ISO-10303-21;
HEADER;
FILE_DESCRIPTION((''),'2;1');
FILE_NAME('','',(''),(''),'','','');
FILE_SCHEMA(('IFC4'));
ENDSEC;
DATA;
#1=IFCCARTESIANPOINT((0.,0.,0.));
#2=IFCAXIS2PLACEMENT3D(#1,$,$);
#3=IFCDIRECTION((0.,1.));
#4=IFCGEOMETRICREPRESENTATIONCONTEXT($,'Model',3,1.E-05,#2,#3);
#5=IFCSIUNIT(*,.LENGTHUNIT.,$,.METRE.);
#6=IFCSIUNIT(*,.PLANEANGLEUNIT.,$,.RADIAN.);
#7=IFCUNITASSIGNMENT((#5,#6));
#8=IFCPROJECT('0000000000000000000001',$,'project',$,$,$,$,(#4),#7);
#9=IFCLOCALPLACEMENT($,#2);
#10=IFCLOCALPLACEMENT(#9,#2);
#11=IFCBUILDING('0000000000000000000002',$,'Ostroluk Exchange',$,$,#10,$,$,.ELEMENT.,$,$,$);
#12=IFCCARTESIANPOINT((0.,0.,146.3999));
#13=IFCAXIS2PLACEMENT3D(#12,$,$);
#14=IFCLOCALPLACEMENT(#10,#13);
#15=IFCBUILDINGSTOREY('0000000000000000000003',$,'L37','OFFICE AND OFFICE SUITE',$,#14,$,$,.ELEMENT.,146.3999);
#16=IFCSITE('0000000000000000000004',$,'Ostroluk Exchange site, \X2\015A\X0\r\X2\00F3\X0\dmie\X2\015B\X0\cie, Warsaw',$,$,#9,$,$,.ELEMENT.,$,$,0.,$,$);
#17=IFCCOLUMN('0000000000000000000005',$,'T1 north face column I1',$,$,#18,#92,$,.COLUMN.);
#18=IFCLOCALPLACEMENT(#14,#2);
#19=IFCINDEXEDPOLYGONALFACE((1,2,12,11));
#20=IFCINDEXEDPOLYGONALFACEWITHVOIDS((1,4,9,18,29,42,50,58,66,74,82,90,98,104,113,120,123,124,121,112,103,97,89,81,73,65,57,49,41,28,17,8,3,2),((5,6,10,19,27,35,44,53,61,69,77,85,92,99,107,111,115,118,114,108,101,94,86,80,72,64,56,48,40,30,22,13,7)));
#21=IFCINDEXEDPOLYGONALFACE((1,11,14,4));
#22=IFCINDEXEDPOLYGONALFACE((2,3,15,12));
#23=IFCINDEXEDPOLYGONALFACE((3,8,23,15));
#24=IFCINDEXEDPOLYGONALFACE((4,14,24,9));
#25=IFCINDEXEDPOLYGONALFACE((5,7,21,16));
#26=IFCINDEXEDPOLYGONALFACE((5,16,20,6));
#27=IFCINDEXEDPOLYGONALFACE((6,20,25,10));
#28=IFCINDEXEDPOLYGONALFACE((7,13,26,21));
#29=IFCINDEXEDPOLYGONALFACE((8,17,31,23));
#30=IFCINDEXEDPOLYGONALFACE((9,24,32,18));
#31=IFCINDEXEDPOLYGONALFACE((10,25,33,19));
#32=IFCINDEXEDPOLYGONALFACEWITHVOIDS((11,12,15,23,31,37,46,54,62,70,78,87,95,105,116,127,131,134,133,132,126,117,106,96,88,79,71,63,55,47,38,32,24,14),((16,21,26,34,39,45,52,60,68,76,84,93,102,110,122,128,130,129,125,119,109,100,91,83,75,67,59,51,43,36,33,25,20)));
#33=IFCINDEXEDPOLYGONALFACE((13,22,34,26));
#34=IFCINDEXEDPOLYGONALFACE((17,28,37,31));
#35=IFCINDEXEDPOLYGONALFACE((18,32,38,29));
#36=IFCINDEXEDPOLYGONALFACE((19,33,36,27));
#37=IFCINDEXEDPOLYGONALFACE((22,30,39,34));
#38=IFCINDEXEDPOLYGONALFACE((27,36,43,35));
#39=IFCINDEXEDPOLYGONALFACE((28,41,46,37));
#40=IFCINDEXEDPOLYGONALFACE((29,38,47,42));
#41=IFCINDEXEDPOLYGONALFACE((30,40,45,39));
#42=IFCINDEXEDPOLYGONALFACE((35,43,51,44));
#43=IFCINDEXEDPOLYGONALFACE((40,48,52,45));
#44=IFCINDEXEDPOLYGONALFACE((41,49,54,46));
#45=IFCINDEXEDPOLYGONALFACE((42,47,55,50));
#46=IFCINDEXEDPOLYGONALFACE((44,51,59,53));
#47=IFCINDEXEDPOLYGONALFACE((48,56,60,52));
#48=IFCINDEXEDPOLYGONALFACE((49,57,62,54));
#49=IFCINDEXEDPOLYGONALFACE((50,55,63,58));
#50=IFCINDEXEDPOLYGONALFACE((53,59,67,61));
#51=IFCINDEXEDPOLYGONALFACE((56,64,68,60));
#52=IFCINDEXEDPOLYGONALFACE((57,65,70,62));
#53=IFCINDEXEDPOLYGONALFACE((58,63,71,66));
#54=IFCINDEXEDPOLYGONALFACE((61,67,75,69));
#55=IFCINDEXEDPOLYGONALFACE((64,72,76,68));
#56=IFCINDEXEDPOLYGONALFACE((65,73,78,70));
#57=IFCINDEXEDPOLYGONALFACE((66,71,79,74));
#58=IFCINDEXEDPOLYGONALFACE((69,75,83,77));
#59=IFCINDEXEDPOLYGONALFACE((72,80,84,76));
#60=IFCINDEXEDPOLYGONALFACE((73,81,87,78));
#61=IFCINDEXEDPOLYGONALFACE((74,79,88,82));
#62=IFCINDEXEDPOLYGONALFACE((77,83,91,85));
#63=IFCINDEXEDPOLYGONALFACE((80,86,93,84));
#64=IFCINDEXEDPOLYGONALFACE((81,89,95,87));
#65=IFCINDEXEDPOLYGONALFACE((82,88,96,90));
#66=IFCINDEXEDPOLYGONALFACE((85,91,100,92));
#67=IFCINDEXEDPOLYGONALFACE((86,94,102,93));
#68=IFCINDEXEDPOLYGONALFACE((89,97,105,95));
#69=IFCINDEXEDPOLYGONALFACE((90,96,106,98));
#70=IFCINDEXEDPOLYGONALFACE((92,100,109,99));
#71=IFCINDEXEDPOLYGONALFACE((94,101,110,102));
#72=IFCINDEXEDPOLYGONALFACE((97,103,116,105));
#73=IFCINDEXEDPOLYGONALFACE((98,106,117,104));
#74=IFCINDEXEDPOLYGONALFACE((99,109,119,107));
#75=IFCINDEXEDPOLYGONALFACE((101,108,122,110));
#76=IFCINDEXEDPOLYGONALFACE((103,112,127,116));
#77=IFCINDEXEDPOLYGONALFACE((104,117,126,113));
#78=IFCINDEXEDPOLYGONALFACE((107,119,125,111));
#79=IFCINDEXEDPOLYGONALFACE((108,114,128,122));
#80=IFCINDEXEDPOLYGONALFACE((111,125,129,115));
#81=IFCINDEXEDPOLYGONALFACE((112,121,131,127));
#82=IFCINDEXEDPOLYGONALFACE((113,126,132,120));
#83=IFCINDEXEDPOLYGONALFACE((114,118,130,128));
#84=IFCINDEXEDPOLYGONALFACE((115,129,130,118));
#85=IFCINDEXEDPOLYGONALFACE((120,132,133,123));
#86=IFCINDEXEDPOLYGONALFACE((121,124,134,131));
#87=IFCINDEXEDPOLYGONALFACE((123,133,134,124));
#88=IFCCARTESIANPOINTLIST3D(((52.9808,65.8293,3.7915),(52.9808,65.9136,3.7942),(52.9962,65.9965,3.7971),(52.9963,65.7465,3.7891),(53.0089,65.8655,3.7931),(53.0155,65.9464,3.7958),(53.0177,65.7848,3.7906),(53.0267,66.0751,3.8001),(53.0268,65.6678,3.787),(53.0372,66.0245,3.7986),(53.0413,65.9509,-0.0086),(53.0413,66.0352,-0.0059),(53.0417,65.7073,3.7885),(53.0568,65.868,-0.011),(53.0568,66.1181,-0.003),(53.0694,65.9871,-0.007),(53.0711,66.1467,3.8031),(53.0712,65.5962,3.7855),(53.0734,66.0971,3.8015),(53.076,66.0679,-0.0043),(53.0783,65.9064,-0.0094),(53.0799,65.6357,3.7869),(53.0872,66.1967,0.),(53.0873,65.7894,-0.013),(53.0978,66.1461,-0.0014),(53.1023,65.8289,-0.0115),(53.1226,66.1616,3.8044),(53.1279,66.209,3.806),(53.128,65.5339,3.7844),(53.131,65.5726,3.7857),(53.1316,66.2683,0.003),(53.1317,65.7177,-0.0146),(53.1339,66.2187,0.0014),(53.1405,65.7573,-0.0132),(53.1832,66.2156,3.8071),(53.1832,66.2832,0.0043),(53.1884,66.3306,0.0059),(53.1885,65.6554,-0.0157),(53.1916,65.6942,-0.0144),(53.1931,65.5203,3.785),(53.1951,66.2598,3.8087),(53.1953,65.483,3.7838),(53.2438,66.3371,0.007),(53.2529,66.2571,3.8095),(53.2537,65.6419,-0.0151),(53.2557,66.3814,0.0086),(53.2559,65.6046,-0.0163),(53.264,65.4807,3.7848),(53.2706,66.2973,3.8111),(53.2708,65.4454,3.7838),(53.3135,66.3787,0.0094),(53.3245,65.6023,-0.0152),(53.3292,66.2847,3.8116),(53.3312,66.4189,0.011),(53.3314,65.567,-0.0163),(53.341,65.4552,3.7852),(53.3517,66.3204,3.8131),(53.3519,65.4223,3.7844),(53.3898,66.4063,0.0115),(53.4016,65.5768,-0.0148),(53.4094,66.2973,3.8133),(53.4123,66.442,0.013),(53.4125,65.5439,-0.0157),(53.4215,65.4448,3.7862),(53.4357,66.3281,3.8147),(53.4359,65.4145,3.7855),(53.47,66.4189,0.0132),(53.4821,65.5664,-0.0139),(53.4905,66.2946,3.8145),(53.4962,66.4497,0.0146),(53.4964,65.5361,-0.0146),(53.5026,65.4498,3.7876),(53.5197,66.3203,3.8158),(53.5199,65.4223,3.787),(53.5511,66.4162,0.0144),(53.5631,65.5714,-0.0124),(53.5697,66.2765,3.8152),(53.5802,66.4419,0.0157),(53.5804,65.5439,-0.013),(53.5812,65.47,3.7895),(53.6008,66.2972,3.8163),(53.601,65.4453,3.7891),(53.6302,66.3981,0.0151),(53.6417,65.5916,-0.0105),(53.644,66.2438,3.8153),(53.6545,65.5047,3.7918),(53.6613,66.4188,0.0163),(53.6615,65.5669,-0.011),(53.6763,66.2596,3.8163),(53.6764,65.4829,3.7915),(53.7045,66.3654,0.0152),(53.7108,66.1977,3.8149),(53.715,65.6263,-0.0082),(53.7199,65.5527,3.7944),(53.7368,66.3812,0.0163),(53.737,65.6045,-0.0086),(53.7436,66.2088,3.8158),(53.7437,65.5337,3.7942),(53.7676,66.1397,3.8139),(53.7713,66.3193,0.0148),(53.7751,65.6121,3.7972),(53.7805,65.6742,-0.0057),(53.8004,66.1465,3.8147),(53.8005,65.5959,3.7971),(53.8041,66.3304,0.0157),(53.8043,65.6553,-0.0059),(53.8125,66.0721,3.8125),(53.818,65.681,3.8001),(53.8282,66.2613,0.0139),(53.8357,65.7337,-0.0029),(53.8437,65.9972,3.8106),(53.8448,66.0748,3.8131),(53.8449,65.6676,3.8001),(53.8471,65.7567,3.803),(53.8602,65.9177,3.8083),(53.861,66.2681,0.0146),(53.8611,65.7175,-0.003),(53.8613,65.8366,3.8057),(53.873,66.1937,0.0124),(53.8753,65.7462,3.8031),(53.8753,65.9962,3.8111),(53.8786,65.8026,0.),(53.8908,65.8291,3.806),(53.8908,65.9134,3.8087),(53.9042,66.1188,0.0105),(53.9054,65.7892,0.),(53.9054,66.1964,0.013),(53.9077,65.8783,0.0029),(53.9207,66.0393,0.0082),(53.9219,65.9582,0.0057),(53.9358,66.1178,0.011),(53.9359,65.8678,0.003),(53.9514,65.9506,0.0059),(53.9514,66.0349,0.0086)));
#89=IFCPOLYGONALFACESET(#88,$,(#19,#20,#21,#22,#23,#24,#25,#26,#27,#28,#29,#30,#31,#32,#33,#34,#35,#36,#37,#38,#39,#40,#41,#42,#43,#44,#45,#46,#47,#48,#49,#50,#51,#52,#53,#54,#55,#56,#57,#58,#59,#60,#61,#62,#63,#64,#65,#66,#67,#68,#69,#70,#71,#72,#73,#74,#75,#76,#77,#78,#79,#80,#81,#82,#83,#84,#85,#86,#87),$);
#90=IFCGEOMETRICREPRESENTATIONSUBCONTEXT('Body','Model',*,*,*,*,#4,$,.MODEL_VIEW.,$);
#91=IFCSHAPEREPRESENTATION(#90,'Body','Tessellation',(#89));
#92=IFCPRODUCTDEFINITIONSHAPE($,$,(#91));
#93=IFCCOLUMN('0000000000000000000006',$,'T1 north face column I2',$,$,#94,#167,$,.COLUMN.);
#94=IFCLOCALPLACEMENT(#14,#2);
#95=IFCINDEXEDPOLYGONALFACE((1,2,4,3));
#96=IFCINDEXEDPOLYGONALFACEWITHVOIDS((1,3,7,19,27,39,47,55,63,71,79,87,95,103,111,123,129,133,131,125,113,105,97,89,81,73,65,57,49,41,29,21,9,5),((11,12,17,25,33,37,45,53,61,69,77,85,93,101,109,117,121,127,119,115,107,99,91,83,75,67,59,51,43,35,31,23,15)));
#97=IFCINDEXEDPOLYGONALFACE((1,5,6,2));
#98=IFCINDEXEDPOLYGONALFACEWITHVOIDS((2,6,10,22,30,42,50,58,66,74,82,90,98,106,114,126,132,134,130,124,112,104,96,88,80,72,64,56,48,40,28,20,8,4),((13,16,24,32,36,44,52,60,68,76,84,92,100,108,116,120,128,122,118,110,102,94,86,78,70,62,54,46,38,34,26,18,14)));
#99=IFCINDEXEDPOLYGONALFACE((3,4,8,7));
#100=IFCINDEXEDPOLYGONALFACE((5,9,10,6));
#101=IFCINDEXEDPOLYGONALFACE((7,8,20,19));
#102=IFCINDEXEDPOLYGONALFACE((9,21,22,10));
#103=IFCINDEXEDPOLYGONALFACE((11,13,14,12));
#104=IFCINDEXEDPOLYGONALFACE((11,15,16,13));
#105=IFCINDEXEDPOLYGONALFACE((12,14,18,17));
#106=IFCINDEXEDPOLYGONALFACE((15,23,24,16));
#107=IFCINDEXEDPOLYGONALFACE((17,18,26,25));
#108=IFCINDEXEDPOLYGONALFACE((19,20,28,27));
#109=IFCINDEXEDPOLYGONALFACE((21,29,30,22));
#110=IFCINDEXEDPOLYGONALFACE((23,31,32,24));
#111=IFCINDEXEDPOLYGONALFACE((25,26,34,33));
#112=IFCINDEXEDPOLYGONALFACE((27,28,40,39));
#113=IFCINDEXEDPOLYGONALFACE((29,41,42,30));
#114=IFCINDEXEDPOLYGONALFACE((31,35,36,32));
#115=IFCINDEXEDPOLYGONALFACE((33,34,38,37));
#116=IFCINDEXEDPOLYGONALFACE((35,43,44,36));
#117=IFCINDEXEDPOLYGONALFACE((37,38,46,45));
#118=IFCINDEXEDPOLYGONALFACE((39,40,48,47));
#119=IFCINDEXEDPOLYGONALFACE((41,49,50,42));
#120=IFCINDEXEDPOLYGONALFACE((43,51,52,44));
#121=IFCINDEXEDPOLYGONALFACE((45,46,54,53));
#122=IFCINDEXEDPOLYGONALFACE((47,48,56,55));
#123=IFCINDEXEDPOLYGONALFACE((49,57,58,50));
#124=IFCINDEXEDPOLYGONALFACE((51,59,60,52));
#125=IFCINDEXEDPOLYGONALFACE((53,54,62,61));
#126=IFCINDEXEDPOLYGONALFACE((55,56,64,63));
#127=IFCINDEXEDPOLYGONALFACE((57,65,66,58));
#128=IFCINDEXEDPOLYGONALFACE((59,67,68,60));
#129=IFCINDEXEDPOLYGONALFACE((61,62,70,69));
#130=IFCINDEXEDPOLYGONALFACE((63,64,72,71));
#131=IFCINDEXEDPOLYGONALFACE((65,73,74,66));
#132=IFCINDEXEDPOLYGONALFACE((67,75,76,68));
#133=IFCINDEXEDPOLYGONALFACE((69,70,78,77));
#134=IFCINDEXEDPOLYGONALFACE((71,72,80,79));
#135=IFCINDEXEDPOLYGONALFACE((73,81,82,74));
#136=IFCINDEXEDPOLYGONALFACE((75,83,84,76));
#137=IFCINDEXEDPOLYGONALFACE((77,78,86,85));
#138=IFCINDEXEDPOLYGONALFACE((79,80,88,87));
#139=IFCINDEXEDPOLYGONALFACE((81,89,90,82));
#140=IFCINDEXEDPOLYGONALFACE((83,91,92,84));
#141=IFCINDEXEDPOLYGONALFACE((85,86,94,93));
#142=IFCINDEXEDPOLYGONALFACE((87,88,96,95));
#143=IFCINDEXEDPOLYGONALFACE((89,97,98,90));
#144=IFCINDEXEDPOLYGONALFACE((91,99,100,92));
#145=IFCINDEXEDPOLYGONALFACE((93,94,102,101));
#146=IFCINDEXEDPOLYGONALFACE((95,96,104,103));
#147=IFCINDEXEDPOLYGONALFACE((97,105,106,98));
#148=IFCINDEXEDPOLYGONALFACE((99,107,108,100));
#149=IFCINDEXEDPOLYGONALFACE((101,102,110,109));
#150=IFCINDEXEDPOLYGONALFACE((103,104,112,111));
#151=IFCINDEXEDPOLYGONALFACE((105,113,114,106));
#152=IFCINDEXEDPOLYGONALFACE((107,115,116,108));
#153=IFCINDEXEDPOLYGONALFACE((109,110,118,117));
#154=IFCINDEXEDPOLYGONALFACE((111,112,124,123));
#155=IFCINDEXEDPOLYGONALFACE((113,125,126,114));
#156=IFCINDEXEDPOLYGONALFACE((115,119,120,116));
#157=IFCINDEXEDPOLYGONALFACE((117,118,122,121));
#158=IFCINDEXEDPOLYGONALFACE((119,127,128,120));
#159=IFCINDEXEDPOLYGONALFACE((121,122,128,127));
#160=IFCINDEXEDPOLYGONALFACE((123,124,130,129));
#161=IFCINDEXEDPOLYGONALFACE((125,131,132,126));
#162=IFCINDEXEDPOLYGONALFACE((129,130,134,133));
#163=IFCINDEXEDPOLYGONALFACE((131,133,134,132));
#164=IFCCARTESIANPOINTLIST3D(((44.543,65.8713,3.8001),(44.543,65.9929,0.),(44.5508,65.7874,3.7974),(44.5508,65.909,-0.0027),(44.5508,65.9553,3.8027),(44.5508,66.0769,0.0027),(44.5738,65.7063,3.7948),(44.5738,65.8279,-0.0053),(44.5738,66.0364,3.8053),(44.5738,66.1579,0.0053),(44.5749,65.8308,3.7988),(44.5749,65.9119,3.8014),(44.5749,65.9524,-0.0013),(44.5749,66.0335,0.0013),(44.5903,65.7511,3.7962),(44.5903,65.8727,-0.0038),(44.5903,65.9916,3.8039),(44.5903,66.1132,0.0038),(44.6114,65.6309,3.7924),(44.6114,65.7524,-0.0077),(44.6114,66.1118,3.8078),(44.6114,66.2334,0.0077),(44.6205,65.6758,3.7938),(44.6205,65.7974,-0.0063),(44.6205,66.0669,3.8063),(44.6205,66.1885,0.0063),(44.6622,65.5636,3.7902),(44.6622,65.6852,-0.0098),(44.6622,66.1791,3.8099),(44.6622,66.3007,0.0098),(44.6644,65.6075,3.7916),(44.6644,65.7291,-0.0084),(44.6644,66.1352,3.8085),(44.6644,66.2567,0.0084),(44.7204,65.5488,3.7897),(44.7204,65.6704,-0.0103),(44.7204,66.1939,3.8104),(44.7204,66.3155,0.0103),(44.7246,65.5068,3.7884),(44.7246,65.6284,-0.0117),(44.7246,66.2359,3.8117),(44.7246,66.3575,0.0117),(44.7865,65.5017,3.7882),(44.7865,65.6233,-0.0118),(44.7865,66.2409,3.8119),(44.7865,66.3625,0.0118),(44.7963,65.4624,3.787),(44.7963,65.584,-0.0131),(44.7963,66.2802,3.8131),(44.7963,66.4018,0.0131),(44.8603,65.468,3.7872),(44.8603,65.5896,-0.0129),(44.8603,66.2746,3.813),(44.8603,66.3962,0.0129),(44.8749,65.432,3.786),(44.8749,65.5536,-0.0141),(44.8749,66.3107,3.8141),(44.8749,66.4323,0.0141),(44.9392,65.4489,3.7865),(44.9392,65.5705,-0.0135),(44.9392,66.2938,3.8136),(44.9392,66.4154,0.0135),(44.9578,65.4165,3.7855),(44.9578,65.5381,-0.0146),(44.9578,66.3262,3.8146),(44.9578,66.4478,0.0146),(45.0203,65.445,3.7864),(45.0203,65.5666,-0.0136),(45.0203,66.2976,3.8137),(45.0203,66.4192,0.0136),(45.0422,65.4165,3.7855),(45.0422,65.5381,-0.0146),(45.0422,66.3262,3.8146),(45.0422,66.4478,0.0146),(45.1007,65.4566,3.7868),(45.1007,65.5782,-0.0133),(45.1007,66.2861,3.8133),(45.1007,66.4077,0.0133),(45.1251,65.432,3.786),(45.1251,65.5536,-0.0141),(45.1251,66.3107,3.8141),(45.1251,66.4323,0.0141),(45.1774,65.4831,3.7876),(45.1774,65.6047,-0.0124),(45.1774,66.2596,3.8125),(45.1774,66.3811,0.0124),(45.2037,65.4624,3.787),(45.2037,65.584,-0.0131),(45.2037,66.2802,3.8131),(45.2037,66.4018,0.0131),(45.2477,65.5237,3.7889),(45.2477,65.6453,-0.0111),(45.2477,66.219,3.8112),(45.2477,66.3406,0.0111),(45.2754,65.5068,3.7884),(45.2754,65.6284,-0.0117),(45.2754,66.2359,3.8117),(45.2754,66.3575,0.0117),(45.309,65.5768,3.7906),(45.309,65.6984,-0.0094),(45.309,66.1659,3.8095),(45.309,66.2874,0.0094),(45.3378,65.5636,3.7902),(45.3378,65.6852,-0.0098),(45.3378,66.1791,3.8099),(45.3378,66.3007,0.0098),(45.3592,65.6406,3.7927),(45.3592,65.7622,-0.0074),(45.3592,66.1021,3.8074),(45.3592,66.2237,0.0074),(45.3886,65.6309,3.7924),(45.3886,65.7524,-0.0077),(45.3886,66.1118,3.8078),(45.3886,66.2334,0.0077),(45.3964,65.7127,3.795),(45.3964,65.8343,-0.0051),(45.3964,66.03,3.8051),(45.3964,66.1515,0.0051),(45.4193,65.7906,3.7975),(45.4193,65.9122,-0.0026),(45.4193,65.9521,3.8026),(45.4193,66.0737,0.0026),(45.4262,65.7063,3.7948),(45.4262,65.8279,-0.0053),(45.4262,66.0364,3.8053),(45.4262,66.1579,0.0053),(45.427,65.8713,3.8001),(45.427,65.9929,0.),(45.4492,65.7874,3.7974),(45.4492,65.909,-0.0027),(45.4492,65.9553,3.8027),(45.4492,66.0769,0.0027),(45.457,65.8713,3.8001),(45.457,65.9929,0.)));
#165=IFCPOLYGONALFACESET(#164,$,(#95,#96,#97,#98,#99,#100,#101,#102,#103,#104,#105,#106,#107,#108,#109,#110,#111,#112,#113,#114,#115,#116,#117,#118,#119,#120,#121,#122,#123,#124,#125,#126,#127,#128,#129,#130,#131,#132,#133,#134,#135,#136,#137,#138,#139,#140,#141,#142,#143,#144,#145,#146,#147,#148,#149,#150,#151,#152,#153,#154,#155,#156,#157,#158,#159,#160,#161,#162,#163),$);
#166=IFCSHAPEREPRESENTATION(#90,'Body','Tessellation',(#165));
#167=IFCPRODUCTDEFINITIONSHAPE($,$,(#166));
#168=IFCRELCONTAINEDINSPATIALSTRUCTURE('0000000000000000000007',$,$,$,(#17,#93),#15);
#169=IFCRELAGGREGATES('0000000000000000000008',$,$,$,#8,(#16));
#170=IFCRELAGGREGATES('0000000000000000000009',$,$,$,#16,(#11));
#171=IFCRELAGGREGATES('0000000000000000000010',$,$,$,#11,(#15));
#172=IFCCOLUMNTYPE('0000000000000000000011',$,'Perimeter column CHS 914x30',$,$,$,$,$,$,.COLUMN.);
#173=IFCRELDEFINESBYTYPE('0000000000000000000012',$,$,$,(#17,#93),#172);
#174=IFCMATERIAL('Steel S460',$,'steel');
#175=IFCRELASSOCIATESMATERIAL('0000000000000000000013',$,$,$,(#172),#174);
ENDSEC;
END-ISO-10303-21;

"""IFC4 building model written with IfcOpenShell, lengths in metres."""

from ifc_helpers import new_model, si_unit, direction, frame, origin, origin_2d, place, context, subcontext, project, spatial, hollow_circle, extrude, material, material_profile, profile_set, type_object, element, save


model = new_model("IFC4")

# Units and contexts
model_context = context("Model", 3, precision=1e-05, world=origin(), true_north=direction((0.0, 1.0)))
body_context = subcontext(model_context, "Body", "Model", "MODEL_VIEW")
ifc_project = project(units=[si_unit("LENGTHUNIT", "METRE"), si_unit("PLANEANGLEUNIT", "RADIAN")], contexts=[model_context])

# Site, building, storey
site_placement = place(None, origin())
site = spatial("IfcSite", under=ifc_project, at=site_placement, Name="Ostroluk Exchange site, Śródmieście, Warsaw", CompositionType="ELEMENT", RefElevation=0.0)
building_placement = place(site_placement, origin())
building = spatial("IfcBuilding", under=site, at=building_placement, Name="Ostroluk Exchange", CompositionType="ELEMENT")
storey_placement = place(building_placement, frame((0.0, 0.0, 146.3999)))
storey = spatial("IfcBuildingStorey", under=building, at=storey_placement, Name="L37", Description="OFFICE AND OFFICE SUITE", CompositionType="ELEMENT", Elevation=146.3999)

# Columns
ifc_material_1 = material(Name="Steel S460", Category="steel")
ifc_material_profile_1 = material_profile(ifc_material_1, hollow_circle(Radius=0.457, WallThickness=0.03, at=origin_2d()), Name="CHS 914x30")
ifc_profile_set_1 = profile_set([ifc_material_profile_1], Name="Steel S460")
column_type = type_object("IfcColumnType", Name="Perimeter column CHS 914x30", PredefinedType="COLUMN", material=ifc_profile_set_1)
column_1_placement = place(storey_placement, frame((53.4963, 65.9929, 0.0), z_axis=(-0.015923, -0.031974, 0.999362), x_axis=(0.895145, -0.445775, 0.0)))
element("IfcColumn", 1, at=column_1_placement, inside=storey, type_object=column_type, Name="T1 north face column I1", PredefinedType="COLUMN", context=body_context, shape_type="SweptSolid", body=[
    extrude(hollow_circle(Radius=0.457, WallThickness=0.03, at=origin_2d()), origin(), (0.0, 0.0, 1.0), 3.8025),
])
column_2_placement = place(storey_placement, frame((45.0, 65.9929, 0.0), z_axis=(0.0, -0.031978, 0.999489), x_axis=(1.0, 0.0, 0.0)))
element("IfcColumn", 2, at=column_2_placement, inside=storey, type_object=column_type, Name="T1 north face column I2", PredefinedType="COLUMN", context=body_context, shape_type="SweptSolid", body=[
    extrude(hollow_circle(Radius=0.457, WallThickness=0.03, at=origin_2d()), origin(), (0.0, 0.0, 1.0), 3.802),
])

save(model, "model.ifc")
